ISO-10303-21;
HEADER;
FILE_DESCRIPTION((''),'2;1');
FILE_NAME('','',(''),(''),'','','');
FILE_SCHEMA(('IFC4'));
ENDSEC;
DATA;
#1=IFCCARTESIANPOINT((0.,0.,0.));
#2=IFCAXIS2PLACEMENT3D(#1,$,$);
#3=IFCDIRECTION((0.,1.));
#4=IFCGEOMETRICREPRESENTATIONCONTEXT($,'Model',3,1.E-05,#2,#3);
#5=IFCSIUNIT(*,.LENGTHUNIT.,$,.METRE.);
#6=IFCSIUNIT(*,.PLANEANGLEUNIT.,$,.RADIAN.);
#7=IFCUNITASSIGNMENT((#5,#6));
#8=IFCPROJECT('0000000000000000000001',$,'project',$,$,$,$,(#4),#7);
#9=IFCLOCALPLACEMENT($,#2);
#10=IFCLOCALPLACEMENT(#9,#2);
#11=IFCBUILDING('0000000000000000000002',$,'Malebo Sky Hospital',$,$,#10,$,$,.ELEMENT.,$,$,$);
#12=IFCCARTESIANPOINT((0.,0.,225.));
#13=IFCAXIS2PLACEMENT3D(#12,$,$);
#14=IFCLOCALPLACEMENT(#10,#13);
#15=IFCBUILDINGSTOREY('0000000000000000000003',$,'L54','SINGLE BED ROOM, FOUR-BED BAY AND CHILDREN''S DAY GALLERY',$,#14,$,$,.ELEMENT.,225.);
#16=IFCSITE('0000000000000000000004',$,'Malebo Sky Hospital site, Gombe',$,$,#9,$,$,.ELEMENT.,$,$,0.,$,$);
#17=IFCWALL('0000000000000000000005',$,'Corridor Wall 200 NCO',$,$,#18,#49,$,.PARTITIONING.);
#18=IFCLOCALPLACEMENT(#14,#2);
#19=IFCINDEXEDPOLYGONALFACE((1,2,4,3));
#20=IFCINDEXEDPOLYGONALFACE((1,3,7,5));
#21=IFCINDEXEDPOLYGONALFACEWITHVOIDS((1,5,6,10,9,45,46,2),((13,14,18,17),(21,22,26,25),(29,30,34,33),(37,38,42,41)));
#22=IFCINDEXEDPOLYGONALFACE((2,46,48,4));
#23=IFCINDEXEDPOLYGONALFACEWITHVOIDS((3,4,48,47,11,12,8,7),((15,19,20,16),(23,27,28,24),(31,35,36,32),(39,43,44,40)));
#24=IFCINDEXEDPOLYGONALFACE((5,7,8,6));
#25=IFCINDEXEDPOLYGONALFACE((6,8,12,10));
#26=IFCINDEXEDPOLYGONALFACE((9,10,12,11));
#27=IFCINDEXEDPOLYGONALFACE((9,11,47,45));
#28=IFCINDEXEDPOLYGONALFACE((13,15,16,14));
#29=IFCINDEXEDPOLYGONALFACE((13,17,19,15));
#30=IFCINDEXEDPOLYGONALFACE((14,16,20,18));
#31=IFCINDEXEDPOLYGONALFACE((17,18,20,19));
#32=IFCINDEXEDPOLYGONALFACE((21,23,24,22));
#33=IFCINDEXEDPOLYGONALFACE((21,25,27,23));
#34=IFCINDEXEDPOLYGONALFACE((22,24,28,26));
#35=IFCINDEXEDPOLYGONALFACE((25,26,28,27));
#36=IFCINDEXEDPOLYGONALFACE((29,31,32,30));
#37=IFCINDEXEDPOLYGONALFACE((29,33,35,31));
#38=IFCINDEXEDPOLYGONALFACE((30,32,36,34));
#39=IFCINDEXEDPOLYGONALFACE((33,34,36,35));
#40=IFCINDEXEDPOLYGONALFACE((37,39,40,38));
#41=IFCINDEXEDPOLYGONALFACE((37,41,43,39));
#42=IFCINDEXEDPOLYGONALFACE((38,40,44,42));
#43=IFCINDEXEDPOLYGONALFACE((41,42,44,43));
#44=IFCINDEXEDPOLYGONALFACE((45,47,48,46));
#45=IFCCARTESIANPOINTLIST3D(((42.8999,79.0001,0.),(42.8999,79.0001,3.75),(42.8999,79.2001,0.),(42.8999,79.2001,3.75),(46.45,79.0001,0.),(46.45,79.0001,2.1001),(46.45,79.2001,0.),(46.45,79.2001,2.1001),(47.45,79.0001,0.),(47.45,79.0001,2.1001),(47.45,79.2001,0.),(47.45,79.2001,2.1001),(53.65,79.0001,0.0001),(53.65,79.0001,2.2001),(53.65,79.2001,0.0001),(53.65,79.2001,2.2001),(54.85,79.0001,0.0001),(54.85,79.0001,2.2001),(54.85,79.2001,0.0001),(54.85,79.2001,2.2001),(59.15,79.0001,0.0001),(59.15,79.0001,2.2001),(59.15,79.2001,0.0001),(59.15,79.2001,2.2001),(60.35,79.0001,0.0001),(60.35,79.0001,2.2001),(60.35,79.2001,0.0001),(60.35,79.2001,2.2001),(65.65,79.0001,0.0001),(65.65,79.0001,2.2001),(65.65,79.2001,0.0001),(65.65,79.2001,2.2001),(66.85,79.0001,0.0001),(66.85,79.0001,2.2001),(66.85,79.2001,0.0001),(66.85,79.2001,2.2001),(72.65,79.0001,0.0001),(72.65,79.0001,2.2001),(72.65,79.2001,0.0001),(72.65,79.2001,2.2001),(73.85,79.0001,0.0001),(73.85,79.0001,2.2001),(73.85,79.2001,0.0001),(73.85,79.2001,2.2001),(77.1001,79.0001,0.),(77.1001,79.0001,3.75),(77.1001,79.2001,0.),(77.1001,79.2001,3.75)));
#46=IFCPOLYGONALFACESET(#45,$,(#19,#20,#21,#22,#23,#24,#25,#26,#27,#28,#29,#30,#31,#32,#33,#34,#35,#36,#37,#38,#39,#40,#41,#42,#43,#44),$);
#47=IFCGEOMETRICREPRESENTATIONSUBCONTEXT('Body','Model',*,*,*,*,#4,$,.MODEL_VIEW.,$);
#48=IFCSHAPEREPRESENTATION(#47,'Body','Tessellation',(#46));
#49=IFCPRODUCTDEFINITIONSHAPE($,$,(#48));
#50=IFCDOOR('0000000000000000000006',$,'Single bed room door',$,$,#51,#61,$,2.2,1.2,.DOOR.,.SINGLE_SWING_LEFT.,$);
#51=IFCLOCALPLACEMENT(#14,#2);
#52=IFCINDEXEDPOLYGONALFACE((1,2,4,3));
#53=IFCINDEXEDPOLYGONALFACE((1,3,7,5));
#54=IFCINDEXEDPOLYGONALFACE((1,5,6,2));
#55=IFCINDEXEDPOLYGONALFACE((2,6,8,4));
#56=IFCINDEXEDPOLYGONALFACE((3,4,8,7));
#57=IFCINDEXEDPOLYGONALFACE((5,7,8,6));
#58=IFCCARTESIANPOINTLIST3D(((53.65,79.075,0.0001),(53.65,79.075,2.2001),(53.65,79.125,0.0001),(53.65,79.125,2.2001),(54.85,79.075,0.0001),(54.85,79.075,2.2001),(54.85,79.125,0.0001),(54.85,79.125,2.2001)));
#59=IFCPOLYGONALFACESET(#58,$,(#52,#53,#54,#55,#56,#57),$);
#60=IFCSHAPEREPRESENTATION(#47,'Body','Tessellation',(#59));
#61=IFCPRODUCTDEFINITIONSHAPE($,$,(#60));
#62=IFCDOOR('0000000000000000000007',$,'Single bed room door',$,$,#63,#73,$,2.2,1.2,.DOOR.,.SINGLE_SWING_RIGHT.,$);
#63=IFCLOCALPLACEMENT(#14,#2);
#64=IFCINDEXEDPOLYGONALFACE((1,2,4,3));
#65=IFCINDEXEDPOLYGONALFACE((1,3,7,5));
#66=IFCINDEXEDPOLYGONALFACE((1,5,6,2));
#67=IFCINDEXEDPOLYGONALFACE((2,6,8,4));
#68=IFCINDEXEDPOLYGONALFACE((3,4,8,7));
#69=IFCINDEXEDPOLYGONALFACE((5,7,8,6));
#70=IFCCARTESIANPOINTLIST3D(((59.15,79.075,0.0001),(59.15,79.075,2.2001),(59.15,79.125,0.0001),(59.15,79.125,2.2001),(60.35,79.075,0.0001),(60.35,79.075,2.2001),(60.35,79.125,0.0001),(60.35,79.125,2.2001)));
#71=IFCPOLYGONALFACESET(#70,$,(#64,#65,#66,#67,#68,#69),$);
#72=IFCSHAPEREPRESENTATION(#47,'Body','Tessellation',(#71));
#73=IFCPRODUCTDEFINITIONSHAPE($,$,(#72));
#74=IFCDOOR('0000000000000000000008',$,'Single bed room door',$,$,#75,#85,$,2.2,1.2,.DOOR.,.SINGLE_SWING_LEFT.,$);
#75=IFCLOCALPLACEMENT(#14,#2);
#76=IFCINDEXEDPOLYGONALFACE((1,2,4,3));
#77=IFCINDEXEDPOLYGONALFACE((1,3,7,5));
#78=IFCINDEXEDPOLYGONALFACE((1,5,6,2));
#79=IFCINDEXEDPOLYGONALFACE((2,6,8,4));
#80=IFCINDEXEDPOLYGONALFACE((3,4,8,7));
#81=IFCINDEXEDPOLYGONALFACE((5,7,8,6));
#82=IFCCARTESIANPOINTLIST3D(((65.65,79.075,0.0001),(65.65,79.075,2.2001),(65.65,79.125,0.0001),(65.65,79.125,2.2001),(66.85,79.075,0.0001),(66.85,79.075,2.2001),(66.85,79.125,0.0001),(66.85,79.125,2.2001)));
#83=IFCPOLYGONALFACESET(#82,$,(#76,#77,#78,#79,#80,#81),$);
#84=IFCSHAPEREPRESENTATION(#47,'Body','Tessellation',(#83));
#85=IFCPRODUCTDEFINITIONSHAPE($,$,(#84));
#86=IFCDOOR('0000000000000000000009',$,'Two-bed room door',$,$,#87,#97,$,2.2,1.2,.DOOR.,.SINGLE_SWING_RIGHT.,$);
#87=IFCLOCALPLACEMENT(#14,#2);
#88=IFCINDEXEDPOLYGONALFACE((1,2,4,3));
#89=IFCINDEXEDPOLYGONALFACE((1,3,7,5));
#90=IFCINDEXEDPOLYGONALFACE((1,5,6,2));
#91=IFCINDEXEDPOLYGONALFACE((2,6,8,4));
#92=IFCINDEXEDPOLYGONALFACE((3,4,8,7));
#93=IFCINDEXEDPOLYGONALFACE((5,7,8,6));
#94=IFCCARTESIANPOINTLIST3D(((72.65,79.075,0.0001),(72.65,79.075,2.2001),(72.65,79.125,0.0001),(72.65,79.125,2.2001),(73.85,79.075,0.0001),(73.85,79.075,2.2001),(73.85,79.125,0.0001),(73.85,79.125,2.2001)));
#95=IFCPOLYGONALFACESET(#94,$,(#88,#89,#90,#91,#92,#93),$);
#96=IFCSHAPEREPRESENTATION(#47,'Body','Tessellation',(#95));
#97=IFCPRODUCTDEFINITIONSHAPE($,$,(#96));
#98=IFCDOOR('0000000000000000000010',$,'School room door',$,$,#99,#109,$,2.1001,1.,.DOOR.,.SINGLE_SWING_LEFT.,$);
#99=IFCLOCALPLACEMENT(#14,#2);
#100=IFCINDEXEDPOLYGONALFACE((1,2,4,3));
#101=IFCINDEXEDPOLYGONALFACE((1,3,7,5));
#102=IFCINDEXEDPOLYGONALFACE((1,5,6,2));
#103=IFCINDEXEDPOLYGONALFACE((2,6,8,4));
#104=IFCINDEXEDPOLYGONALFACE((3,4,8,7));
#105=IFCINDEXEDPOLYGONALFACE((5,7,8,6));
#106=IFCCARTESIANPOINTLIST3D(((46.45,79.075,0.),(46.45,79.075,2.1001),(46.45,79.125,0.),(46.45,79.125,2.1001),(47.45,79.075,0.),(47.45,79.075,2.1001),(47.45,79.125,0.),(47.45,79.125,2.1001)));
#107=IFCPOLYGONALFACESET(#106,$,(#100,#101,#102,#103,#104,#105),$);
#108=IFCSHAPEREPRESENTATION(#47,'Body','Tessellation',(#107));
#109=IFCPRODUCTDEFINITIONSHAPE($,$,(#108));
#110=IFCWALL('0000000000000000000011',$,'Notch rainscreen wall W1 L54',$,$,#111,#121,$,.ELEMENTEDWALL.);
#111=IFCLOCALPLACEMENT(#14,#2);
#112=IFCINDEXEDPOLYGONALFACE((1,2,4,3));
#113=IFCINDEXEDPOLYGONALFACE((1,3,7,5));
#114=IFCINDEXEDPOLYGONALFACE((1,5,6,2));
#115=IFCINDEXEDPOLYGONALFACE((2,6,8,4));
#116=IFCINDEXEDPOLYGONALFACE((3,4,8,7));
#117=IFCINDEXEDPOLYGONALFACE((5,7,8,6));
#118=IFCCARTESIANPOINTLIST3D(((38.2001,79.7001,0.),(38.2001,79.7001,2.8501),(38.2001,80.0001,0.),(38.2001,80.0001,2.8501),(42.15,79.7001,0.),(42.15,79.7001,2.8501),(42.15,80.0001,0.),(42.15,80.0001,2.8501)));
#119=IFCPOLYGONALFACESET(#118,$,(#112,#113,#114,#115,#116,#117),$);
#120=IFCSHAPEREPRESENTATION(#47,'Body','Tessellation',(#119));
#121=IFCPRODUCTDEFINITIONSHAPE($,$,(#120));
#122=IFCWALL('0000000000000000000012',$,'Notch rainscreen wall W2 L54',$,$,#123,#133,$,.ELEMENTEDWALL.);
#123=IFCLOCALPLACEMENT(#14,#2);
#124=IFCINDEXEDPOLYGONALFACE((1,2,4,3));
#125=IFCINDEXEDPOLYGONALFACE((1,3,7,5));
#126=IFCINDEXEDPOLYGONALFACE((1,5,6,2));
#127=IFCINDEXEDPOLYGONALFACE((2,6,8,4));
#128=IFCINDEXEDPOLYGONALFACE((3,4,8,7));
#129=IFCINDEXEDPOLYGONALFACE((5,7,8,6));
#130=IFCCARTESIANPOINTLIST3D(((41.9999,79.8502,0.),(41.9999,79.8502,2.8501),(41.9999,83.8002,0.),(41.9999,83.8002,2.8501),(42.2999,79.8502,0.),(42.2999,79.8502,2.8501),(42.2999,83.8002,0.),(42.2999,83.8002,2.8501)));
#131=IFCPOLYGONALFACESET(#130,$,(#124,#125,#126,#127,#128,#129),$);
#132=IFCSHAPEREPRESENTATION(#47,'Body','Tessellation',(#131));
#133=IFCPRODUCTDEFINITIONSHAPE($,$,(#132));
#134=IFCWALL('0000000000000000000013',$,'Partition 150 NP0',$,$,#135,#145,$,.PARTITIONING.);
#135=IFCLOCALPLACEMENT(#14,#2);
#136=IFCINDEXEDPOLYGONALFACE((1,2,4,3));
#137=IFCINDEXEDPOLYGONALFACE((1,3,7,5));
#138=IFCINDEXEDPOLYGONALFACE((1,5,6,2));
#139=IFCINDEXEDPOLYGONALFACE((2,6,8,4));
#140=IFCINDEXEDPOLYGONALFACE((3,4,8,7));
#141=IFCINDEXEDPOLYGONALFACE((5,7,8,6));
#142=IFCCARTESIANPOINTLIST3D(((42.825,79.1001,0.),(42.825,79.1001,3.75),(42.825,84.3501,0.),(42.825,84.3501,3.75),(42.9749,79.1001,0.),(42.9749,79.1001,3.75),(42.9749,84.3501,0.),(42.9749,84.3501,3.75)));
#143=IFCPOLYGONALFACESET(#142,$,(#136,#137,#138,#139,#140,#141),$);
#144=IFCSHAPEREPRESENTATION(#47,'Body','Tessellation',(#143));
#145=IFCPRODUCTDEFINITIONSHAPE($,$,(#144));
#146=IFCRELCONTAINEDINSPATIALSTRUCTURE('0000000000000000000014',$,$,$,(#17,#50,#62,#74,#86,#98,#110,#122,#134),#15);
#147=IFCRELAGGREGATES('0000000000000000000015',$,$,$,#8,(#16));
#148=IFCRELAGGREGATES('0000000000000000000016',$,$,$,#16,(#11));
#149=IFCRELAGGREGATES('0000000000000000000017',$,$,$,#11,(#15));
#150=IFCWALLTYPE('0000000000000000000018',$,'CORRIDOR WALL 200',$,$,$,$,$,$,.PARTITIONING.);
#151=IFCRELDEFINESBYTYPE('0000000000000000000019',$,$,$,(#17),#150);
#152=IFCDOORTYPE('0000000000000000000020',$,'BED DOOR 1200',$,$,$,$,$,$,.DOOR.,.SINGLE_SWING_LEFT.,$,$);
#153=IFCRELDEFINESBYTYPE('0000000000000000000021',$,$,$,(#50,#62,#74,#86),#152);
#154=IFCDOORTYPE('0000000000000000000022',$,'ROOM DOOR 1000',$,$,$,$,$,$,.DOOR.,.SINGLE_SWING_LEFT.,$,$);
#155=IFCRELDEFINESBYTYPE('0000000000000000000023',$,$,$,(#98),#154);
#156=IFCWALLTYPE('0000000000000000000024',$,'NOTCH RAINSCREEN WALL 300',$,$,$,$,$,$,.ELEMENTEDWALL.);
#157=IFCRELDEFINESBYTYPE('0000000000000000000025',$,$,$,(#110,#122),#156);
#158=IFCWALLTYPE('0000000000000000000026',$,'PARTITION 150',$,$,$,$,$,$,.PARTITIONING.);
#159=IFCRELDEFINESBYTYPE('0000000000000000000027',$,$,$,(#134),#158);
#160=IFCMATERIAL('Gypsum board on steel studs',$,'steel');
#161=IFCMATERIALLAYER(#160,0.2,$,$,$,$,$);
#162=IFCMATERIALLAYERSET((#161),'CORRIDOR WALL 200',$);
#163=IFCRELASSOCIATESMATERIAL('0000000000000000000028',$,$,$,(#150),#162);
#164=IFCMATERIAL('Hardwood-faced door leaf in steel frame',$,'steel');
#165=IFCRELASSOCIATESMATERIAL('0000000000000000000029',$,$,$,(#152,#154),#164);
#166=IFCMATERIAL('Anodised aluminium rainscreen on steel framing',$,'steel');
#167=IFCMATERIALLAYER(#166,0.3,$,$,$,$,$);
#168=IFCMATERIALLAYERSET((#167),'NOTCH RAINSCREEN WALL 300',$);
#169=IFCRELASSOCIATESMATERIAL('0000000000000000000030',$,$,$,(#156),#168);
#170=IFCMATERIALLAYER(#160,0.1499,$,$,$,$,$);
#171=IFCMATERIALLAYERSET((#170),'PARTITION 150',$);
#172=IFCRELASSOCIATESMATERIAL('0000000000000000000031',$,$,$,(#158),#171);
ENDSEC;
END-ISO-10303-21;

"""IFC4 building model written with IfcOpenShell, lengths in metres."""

from ifc_helpers import new_model, si_unit, direction, frame, frame_2d, origin, place, context, subcontext, project, spatial, rectangle, extrude, material, layer, layer_set, type_object, element, fill, save


model = new_model("IFC4")

# Units and contexts
model_context = context("Model", 3, precision=1e-05, world=origin(), true_north=direction((0.0, 1.0)))
body_context = subcontext(model_context, "Body", "Model", "MODEL_VIEW")
ifc_project = project(units=[si_unit("LENGTHUNIT", "METRE"), si_unit("PLANEANGLEUNIT", "RADIAN")], contexts=[model_context])

# Site, building, storey
site_placement = place(None, origin())
site = spatial("IfcSite", under=ifc_project, at=site_placement, Name="Malebo Sky Hospital site, Gombe", CompositionType="ELEMENT", RefElevation=0.0)
building_placement = place(site_placement, origin())
building = spatial("IfcBuilding", under=site, at=building_placement, Name="Malebo Sky Hospital", CompositionType="ELEMENT")
storey_placement = place(building_placement, frame((0.0, 0.0, 225.0)))
storey = spatial("IfcBuildingStorey", under=building, at=storey_placement, Name="L54", Description="SINGLE BED ROOM, FOUR-BED BAY AND CHILDREN'S DAY GALLERY", CompositionType="ELEMENT", Elevation=225.0)

# Wall, openings, doors
ifc_material_1 = material(Name="Gypsum board on steel studs", Category="steel")
ifc_layer_1 = layer(ifc_material_1, 0.2)
ifc_layer_set_1 = layer_set([ifc_layer_1], Name="CORRIDOR WALL 200")
wall_type_1 = type_object("IfcWallType", Name="CORRIDOR WALL 200", PredefinedType="PARTITIONING", material=ifc_layer_set_1)
wall_1_placement = place(storey_placement, frame((42.8999, 79.1001, 0.0), z_axis=(0.0, 0.0, 1.0), x_axis=(1.0, 0.0, 0.0)))
wall_1 = element("IfcWall", 1, at=wall_1_placement, inside=storey, type_object=wall_type_1, Name="Corridor Wall 200 NCO", PredefinedType="PARTITIONING", context=body_context, shape_type="SweptSolid", body=[
    extrude(rectangle(XDim=34.2002, YDim=0.2, at=frame_2d((17.1001, 0.0))), origin(), (0.0, 0.0, 1.0), 3.75),
])
opening_1_placement = place(wall_1_placement, frame((3.55, 0.0, 0.0)))
opening_1 = element("IfcOpeningElement", 2, at=opening_1_placement, cuts=wall_1, PredefinedType="OPENING", context=body_context, shape_type="SweptSolid", body=[
    extrude(rectangle(XDim=1.0, YDim=2.1001, at=frame_2d((0.5, 1.05))), frame((0.0, 0.1099, 0.0), z_axis=(0.0, -1.0, 0.0), x_axis=(1.0, 0.0, 0.0)), (0.0, 0.0, 1.0), 0.22),
])
opening_2_placement = place(wall_1_placement, frame((10.75, 0.0, 0.0)))
opening_2 = element("IfcOpeningElement", 3, at=opening_2_placement, cuts=wall_1, PredefinedType="OPENING", context=body_context, shape_type="SweptSolid", body=[
    extrude(rectangle(XDim=1.2, YDim=2.2, at=frame_2d((0.6001, 1.1001))), frame((0.0, 0.1099, 0.0), z_axis=(0.0, -1.0, 0.0), x_axis=(1.0, 0.0, 0.0)), (0.0, 0.0, 1.0), 0.22),
])
opening_3_placement = place(wall_1_placement, frame((16.25, 0.0, 0.0)))
opening_3 = element("IfcOpeningElement", 4, at=opening_3_placement, cuts=wall_1, PredefinedType="OPENING", context=body_context, shape_type="SweptSolid", body=[
    extrude(rectangle(XDim=1.2, YDim=2.2, at=frame_2d((0.6001, 1.1001))), frame((0.0, 0.1099, 0.0), z_axis=(0.0, -1.0, 0.0), x_axis=(1.0, 0.0, 0.0)), (0.0, 0.0, 1.0), 0.22),
])
opening_4_placement = place(wall_1_placement, frame((22.75, 0.0, 0.0)))
opening_4 = element("IfcOpeningElement", 5, at=opening_4_placement, cuts=wall_1, PredefinedType="OPENING", context=body_context, shape_type="SweptSolid", body=[
    extrude(rectangle(XDim=1.2, YDim=2.2, at=frame_2d((0.6001, 1.1001))), frame((0.0, 0.1099, 0.0), z_axis=(0.0, -1.0, 0.0), x_axis=(1.0, 0.0, 0.0)), (0.0, 0.0, 1.0), 0.22),
])
opening_5_placement = place(wall_1_placement, frame((29.75, 0.0, 0.0)))
opening_5 = element("IfcOpeningElement", 6, at=opening_5_placement, cuts=wall_1, PredefinedType="OPENING", context=body_context, shape_type="SweptSolid", body=[
    extrude(rectangle(XDim=1.2, YDim=2.2, at=frame_2d((0.6001, 1.1001))), frame((0.0, 0.1099, 0.0), z_axis=(0.0, -1.0, 0.0), x_axis=(1.0, 0.0, 0.0)), (0.0, 0.0, 1.0), 0.22),
])
ifc_material_2 = material(Name="Hardwood-faced door leaf in steel frame", Category="steel")
door_type_1 = type_object("IfcDoorType", Name="BED DOOR 1200", OperationType="SINGLE_SWING_LEFT", PredefinedType="DOOR", material=ifc_material_2)
door_1_placement = place(opening_2_placement, origin())
door_1 = element("IfcDoor", 7, at=door_1_placement, inside=storey, type_object=door_type_1, Name="Single bed room door", OperationType="SINGLE_SWING_LEFT", OverallHeight=2.2, OverallWidth=1.2, PredefinedType="DOOR", context=body_context, shape_type="SweptSolid", body=[
    extrude(rectangle(XDim=1.2, YDim=2.2, at=frame_2d((0.6001, 1.1001))), frame((0.0, 0.0249, 0.0), z_axis=(0.0, -1.0, 0.0), x_axis=(1.0, 0.0, 0.0)), (0.0, 0.0, 1.0), 0.05),
])
fill(opening_2, door_1)
door_2_placement = place(opening_3_placement, origin())
door_2 = element("IfcDoor", 8, at=door_2_placement, inside=storey, type_object=door_type_1, Name="Single bed room door", OperationType="SINGLE_SWING_RIGHT", OverallHeight=2.2, OverallWidth=1.2, PredefinedType="DOOR", context=body_context, shape_type="SweptSolid", body=[
    extrude(rectangle(XDim=1.2, YDim=2.2, at=frame_2d((0.6001, 1.1001))), frame((0.0, 0.0249, 0.0), z_axis=(0.0, -1.0, 0.0), x_axis=(1.0, 0.0, 0.0)), (0.0, 0.0, 1.0), 0.05),
])
fill(opening_3, door_2)
door_3_placement = place(opening_4_placement, origin())
door_3 = element("IfcDoor", 9, at=door_3_placement, inside=storey, type_object=door_type_1, Name="Single bed room door", OperationType="SINGLE_SWING_LEFT", OverallHeight=2.2, OverallWidth=1.2, PredefinedType="DOOR", context=body_context, shape_type="SweptSolid", body=[
    extrude(rectangle(XDim=1.2, YDim=2.2, at=frame_2d((0.6001, 1.1001))), frame((0.0, 0.0249, 0.0), z_axis=(0.0, -1.0, 0.0), x_axis=(1.0, 0.0, 0.0)), (0.0, 0.0, 1.0), 0.05),
])
fill(opening_4, door_3)
door_4_placement = place(opening_5_placement, origin())
door_4 = element("IfcDoor", 10, at=door_4_placement, inside=storey, type_object=door_type_1, Name="Two-bed room door", OperationType="SINGLE_SWING_RIGHT", OverallHeight=2.2, OverallWidth=1.2, PredefinedType="DOOR", context=body_context, shape_type="SweptSolid", body=[
    extrude(rectangle(XDim=1.2, YDim=2.2, at=frame_2d((0.6001, 1.1001))), frame((0.0, 0.0249, 0.0), z_axis=(0.0, -1.0, 0.0), x_axis=(1.0, 0.0, 0.0)), (0.0, 0.0, 1.0), 0.05),
])
fill(opening_5, door_4)
door_type_2 = type_object("IfcDoorType", Name="ROOM DOOR 1000", OperationType="SINGLE_SWING_LEFT", PredefinedType="DOOR", material=ifc_material_2)
door_5_placement = place(opening_1_placement, origin())
door_5 = element("IfcDoor", 11, at=door_5_placement, inside=storey, type_object=door_type_2, Name="School room door", OperationType="SINGLE_SWING_LEFT", OverallHeight=2.1001, OverallWidth=1.0, PredefinedType="DOOR", context=body_context, shape_type="SweptSolid", body=[
    extrude(rectangle(XDim=1.0, YDim=2.1001, at=frame_2d((0.5, 1.05))), frame((0.0, 0.0249, 0.0), z_axis=(0.0, -1.0, 0.0), x_axis=(1.0, 0.0, 0.0)), (0.0, 0.0, 1.0), 0.05),
])
fill(opening_1, door_5)

# Walls
ifc_material_3 = material(Name="Anodised aluminium rainscreen on steel framing", Category="steel")
ifc_layer_2 = layer(ifc_material_3, 0.3)
ifc_layer_set_2 = layer_set([ifc_layer_2], Name="NOTCH RAINSCREEN WALL 300")
wall_type_2 = type_object("IfcWallType", Name="NOTCH RAINSCREEN WALL 300", PredefinedType="ELEMENTEDWALL", material=ifc_layer_set_2)
for number, where, z_axis, x_axis, name in (
    (12, (38.2, 79.8501, 0.0), (0.0, 0.0, 1.0), (1.0, 0.0, 0.0), "Notch rainscreen wall W1 L54"),
    (13, (42.1499, 79.8501, 0.0), (0.0, 0.0, 1.0), (0.0, 1.0, 0.0), "Notch rainscreen wall W2 L54"),
):
    element("IfcWall", number, at=place(storey_placement, frame(where, z_axis=z_axis, x_axis=x_axis)), inside=storey, type_object=wall_type_2, Name=name, PredefinedType="ELEMENTEDWALL", context=body_context, shape_type="SweptSolid", body=[
        extrude(rectangle(XDim=3.95, YDim=0.3, at=frame_2d((1.9751, 0.0))), origin(), (0.0, 0.0, 1.0), 2.8501),
    ])
ifc_layer_3 = layer(ifc_material_1, 0.1499)
ifc_layer_set_3 = layer_set([ifc_layer_3], Name="PARTITION 150")
wall_type_3 = type_object("IfcWallType", Name="PARTITION 150", PredefinedType="PARTITIONING", material=ifc_layer_set_3)
wall_2_placement = place(storey_placement, frame((42.8999, 79.1001, 0.0), z_axis=(0.0, 0.0, 1.0), x_axis=(0.0, 1.0, 0.0)))
element("IfcWall", 14, at=wall_2_placement, inside=storey, type_object=wall_type_3, Name="Partition 150 NP0", PredefinedType="PARTITIONING", context=body_context, shape_type="SweptSolid", body=[
    extrude(rectangle(XDim=5.25, YDim=0.1499, at=frame_2d((2.625, 0.0))), origin(), (0.0, 0.0, 1.0), 3.75),
])

save(model, "model.ifc")
